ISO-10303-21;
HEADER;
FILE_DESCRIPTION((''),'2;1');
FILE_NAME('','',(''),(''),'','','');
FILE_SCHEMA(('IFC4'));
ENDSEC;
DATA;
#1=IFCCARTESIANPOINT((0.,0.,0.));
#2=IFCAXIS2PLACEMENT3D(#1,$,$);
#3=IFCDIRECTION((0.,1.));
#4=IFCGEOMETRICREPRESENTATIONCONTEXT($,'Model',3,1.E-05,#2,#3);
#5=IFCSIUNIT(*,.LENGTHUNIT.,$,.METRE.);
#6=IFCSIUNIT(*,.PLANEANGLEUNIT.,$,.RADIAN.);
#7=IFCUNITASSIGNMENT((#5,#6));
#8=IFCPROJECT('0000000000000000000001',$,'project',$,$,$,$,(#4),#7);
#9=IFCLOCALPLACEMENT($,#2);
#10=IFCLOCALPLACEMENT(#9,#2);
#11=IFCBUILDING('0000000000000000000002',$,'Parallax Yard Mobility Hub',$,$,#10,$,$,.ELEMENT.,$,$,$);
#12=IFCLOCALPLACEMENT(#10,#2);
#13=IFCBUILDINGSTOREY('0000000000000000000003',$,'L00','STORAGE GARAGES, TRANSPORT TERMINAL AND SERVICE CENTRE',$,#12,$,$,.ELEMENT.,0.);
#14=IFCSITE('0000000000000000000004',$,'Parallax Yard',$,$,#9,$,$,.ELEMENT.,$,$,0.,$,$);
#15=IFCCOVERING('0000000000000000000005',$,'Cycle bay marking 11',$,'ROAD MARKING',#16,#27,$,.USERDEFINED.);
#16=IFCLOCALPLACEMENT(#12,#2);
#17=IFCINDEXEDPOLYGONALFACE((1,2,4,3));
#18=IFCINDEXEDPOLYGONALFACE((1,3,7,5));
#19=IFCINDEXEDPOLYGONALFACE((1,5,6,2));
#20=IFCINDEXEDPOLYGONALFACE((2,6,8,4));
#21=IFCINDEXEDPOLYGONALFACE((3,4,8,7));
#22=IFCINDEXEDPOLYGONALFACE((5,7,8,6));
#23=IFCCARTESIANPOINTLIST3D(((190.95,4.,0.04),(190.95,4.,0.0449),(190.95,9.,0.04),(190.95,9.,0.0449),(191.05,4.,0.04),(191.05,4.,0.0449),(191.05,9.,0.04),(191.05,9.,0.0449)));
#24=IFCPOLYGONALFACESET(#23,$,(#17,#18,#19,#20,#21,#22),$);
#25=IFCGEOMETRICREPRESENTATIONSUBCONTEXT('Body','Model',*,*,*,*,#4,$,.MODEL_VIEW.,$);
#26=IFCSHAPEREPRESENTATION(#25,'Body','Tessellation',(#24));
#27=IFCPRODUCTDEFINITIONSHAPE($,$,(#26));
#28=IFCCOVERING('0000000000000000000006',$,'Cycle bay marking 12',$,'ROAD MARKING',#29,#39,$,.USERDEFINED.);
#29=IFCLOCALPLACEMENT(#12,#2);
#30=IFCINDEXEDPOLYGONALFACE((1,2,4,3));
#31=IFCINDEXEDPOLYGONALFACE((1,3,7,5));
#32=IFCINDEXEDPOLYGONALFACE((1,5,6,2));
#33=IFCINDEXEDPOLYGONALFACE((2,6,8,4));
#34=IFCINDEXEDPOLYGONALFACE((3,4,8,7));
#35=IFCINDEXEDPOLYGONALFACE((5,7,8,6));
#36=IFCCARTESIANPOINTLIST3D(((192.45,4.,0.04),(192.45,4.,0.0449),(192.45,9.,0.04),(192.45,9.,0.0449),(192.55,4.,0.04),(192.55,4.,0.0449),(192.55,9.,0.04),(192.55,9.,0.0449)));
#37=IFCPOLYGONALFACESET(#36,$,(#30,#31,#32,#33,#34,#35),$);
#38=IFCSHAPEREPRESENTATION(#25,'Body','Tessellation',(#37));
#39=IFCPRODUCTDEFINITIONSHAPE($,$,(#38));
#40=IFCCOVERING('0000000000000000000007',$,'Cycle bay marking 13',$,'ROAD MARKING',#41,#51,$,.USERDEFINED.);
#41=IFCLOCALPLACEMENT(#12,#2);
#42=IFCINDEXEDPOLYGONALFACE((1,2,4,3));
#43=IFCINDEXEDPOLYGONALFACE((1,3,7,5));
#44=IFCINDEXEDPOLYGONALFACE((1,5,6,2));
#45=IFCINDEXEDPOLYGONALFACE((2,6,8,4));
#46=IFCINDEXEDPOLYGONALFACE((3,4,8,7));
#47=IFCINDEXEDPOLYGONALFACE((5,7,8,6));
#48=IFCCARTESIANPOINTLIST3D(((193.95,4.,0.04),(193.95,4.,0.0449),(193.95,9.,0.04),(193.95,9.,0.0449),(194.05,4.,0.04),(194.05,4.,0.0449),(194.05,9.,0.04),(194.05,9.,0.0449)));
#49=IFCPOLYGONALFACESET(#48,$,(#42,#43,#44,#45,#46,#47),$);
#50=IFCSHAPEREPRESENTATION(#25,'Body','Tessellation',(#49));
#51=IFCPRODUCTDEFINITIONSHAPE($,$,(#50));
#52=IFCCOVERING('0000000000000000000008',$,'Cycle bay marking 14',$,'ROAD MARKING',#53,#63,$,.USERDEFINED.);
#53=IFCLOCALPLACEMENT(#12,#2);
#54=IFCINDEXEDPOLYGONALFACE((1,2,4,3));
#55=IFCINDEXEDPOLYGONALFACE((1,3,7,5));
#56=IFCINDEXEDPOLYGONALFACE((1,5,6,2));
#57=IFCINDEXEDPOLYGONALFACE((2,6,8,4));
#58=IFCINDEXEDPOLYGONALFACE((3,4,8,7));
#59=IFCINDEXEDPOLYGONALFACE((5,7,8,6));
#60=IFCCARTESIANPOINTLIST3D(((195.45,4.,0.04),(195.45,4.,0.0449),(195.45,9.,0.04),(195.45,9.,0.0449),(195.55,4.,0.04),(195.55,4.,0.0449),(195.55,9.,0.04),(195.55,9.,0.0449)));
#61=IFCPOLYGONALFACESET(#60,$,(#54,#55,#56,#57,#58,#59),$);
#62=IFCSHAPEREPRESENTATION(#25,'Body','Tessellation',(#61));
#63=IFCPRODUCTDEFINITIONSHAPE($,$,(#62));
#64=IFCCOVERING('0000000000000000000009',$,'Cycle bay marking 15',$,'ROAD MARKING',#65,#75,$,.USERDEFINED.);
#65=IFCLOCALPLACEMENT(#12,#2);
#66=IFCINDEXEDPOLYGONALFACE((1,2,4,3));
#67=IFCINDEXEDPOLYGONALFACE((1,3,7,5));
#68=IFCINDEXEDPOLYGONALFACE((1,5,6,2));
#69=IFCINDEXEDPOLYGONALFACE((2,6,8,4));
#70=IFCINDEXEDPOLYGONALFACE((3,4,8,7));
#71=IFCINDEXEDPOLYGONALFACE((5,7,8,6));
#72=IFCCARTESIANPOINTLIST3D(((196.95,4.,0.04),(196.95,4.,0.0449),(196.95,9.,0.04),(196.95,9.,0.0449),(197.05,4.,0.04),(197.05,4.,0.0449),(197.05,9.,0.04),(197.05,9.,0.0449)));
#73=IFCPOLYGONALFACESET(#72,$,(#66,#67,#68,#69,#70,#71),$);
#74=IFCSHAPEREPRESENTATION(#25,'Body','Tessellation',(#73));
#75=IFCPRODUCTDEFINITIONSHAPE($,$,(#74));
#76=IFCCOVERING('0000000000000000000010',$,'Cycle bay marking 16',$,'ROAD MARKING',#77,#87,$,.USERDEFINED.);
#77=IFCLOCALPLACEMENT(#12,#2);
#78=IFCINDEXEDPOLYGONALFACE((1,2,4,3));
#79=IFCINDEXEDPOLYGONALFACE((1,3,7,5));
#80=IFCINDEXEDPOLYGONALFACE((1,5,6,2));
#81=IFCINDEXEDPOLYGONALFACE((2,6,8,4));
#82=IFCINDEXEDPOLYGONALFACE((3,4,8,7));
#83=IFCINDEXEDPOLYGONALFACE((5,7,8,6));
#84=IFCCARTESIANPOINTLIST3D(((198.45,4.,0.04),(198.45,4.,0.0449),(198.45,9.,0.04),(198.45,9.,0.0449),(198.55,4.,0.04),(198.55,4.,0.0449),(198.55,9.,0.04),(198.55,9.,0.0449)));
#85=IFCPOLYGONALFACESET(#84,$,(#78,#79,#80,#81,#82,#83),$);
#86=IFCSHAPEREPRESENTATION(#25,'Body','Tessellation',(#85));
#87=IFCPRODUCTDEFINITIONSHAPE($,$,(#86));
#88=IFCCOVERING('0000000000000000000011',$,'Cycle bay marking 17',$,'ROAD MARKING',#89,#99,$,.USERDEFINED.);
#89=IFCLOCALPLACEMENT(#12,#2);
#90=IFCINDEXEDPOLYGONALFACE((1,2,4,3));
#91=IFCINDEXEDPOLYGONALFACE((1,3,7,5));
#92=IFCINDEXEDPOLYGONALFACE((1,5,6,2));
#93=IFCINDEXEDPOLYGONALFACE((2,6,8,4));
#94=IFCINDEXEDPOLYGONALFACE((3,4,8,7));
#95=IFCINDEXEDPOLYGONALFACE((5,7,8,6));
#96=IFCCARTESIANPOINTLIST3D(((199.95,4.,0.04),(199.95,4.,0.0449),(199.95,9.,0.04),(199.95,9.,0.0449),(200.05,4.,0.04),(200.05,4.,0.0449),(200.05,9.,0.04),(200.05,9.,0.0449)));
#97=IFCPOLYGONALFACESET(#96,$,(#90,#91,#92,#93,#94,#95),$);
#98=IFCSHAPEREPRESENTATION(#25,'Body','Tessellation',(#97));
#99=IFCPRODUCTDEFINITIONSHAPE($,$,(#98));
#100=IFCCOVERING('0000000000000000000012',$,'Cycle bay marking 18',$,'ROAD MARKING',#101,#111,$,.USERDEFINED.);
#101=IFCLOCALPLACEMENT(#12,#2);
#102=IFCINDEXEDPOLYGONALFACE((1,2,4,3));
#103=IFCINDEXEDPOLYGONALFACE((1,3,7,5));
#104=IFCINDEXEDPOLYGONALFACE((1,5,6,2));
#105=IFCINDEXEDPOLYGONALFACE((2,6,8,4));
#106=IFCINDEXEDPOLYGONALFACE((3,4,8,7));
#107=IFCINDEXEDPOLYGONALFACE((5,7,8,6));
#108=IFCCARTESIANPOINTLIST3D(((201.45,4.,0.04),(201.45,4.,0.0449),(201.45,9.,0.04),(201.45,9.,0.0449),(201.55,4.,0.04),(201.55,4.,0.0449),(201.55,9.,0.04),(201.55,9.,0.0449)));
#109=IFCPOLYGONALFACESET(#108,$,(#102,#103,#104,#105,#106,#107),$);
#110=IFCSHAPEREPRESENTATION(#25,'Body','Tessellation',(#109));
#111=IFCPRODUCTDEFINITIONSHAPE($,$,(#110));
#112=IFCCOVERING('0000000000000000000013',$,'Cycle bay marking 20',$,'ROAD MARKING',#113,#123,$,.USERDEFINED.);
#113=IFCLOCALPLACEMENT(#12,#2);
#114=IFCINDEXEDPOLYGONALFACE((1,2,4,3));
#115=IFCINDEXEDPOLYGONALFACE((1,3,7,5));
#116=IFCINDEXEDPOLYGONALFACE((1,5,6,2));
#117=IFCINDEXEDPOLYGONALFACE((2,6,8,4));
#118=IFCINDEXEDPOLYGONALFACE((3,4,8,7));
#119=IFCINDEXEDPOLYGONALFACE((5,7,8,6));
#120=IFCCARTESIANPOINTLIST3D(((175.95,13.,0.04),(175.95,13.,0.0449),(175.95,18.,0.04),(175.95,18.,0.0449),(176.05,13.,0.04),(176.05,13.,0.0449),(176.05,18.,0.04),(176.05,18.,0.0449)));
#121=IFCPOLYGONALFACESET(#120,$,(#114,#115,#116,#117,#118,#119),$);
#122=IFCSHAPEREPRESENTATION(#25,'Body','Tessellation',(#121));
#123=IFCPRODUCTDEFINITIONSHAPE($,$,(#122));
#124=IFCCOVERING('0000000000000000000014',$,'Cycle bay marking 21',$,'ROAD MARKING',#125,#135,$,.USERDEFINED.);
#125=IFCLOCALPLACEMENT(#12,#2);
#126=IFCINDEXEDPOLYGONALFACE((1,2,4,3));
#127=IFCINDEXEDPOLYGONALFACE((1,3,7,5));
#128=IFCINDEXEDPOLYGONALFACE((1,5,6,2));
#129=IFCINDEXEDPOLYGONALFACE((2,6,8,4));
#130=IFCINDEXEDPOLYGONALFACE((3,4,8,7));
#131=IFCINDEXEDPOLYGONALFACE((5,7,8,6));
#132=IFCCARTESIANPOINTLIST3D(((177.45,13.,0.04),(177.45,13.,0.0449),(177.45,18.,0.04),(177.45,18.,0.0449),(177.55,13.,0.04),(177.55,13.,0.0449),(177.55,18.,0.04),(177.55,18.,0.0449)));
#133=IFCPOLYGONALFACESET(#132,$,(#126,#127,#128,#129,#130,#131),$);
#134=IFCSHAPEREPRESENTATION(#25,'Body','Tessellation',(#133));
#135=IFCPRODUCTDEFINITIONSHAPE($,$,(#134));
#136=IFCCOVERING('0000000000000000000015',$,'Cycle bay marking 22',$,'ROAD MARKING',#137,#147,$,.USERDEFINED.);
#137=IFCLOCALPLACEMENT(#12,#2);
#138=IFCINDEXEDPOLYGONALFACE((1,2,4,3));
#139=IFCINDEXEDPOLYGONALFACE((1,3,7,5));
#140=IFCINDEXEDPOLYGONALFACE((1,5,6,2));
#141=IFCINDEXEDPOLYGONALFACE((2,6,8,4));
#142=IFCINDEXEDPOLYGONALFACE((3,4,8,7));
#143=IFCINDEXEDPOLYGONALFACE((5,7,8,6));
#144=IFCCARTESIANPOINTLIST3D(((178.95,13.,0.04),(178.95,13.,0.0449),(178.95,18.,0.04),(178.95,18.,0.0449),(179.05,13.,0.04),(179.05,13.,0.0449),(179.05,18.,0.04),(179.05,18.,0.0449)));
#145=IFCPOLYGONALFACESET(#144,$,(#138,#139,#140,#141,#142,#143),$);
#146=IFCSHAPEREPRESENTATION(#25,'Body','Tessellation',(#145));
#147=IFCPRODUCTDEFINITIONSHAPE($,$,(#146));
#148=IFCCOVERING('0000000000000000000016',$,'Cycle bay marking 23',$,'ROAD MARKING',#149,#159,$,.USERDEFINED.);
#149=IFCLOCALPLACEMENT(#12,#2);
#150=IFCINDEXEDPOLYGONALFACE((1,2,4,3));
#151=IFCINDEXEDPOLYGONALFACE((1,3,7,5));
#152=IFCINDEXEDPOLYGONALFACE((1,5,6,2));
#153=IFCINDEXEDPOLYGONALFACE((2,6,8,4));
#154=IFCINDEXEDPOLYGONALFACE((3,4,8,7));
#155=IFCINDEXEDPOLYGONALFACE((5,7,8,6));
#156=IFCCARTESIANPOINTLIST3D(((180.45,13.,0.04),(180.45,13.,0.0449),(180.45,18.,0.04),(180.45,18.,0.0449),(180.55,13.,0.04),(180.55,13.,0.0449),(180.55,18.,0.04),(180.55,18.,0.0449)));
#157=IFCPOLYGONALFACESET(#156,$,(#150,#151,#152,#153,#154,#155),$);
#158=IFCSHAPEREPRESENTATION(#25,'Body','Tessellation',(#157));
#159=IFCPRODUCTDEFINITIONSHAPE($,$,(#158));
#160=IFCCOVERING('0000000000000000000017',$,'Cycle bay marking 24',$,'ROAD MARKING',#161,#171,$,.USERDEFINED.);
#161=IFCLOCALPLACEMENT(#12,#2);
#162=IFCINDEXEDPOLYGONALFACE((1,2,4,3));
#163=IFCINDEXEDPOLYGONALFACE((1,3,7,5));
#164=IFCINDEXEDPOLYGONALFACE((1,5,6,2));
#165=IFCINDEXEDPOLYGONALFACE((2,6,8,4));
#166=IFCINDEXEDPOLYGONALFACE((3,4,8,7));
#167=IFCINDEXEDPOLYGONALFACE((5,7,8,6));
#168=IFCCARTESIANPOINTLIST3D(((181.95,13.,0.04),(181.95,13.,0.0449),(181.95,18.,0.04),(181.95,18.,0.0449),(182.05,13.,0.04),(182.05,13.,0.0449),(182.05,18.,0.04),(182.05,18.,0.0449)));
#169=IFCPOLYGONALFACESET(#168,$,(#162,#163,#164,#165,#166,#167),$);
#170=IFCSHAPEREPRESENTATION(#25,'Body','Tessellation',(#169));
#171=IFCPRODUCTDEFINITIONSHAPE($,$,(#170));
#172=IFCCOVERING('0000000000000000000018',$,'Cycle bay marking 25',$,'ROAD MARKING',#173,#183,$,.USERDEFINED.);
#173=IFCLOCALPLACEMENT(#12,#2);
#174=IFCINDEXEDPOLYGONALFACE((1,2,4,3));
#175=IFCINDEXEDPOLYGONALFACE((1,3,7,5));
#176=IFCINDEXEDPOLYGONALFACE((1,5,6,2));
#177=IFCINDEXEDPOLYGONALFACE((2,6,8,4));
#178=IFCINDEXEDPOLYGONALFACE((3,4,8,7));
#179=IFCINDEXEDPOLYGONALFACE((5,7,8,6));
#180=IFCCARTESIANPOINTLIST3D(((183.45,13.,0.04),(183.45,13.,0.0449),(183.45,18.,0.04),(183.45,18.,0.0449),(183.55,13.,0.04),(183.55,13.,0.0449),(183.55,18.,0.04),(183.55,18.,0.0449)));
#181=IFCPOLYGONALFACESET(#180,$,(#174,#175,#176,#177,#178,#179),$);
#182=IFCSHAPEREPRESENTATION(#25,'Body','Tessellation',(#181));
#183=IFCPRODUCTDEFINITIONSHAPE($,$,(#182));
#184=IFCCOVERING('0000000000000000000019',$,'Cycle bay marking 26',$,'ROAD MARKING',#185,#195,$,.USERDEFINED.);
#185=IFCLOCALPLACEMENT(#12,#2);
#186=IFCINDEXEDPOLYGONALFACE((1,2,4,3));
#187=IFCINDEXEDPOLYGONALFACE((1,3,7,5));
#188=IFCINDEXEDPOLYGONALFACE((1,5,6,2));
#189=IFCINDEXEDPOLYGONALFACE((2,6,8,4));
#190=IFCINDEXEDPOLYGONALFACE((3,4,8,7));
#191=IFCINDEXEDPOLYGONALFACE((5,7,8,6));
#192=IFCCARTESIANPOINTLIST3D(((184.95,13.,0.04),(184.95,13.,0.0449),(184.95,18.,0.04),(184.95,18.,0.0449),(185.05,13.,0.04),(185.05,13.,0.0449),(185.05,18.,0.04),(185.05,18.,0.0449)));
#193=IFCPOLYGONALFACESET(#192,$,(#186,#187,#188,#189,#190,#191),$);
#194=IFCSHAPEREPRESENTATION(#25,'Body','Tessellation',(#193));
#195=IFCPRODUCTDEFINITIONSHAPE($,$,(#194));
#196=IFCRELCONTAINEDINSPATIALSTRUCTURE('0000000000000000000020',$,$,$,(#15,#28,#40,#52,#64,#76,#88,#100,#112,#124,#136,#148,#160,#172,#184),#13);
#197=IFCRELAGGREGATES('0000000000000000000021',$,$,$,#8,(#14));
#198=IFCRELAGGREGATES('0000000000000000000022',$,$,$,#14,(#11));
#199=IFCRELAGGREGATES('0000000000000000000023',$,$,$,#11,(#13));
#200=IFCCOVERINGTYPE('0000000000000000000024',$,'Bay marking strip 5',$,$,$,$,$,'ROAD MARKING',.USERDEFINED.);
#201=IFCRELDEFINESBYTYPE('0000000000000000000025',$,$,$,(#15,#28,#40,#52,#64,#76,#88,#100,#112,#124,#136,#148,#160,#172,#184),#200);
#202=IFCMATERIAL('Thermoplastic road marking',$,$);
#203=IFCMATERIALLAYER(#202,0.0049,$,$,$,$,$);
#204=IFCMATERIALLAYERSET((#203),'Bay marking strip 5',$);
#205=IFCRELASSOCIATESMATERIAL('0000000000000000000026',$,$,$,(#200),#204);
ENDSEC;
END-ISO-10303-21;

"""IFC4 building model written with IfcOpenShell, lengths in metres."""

from ifc_helpers import new_model, si_unit, direction, frame, origin, place, context, subcontext, project, spatial, polyline, outline, extrude, material, layer, layer_set, type_object, element, save


model = new_model("IFC4")

# Units and contexts
model_context = context("Model", 3, precision=1e-05, world=origin(), true_north=direction((0.0, 1.0)))
body_context = subcontext(model_context, "Body", "Model", "MODEL_VIEW")
ifc_project = project(units=[si_unit("LENGTHUNIT", "METRE"), si_unit("PLANEANGLEUNIT", "RADIAN")], contexts=[model_context])

# Site, building, storey
site_placement = place(None, origin())
site = spatial("IfcSite", under=ifc_project, at=site_placement, Name="Parallax Yard", CompositionType="ELEMENT", RefElevation=0.0)
building_placement = place(site_placement, origin())
building = spatial("IfcBuilding", under=site, at=building_placement, Name="Parallax Yard Mobility Hub", CompositionType="ELEMENT")
storey_placement = place(building_placement, origin())
storey = spatial("IfcBuildingStorey", under=building, at=storey_placement, Name="L00", Description="STORAGE GARAGES, TRANSPORT TERMINAL AND SERVICE CENTRE", CompositionType="ELEMENT", Elevation=0.0)

# Coverings
ifc_material = material(Name="Thermoplastic road marking")
ifc_layer = layer(ifc_material, 0.0049)
ifc_layer_set = layer_set([ifc_layer], Name="Bay marking strip 5")
covering_type = type_object("IfcCoveringType", Name="Bay marking strip 5", ElementType="ROAD MARKING", PredefinedType="USERDEFINED", material=ifc_layer_set)
covering_1_placement = place(storey_placement, frame((0.0, 0.0, 0.04)))
element("IfcCovering", 1, at=covering_1_placement, inside=storey, type_object=covering_type, Name="Cycle bay marking 11", ObjectType="ROAD MARKING", PredefinedType="USERDEFINED", context=body_context, shape_type="SweptSolid", body=[
    extrude(outline(polyline([(191.05, 4.0), (191.05, 9.0), (190.95, 9.0), (190.95, 4.0), (191.05, 4.0)])), origin(), (0.0, 0.0, 1.0), 0.0049),
])
covering_2_placement = place(storey_placement, frame((0.0, 0.0, 0.04)))
element("IfcCovering", 2, at=covering_2_placement, inside=storey, type_object=covering_type, Name="Cycle bay marking 12", ObjectType="ROAD MARKING", PredefinedType="USERDEFINED", context=body_context, shape_type="SweptSolid", body=[
    extrude(outline(polyline([(192.55, 4.0), (192.55, 9.0), (192.45, 9.0), (192.45, 4.0), (192.55, 4.0)])), origin(), (0.0, 0.0, 1.0), 0.0049),
])
covering_3_placement = place(storey_placement, frame((0.0, 0.0, 0.04)))
element("IfcCovering", 3, at=covering_3_placement, inside=storey, type_object=covering_type, Name="Cycle bay marking 13", ObjectType="ROAD MARKING", PredefinedType="USERDEFINED", context=body_context, shape_type="SweptSolid", body=[
    extrude(outline(polyline([(194.05, 4.0), (194.05, 9.0), (193.95, 9.0), (193.95, 4.0), (194.05, 4.0)])), origin(), (0.0, 0.0, 1.0), 0.0049),
])
covering_4_placement = place(storey_placement, frame((0.0, 0.0, 0.04)))
element("IfcCovering", 4, at=covering_4_placement, inside=storey, type_object=covering_type, Name="Cycle bay marking 14", ObjectType="ROAD MARKING", PredefinedType="USERDEFINED", context=body_context, shape_type="SweptSolid", body=[
    extrude(outline(polyline([(195.55, 4.0), (195.55, 9.0), (195.45, 9.0), (195.45, 4.0), (195.55, 4.0)])), origin(), (0.0, 0.0, 1.0), 0.0049),
])
covering_5_placement = place(storey_placement, frame((0.0, 0.0, 0.04)))
element("IfcCovering", 5, at=covering_5_placement, inside=storey, type_object=covering_type, Name="Cycle bay marking 15", ObjectType="ROAD MARKING", PredefinedType="USERDEFINED", context=body_context, shape_type="SweptSolid", body=[
    extrude(outline(polyline([(197.05, 4.0), (197.05, 9.0), (196.95, 9.0), (196.95, 4.0), (197.05, 4.0)])), origin(), (0.0, 0.0, 1.0), 0.0049),
])
covering_6_placement = place(storey_placement, frame((0.0, 0.0, 0.04)))
element("IfcCovering", 6, at=covering_6_placement, inside=storey, type_object=covering_type, Name="Cycle bay marking 16", ObjectType="ROAD MARKING", PredefinedType="USERDEFINED", context=body_context, shape_type="SweptSolid", body=[
    extrude(outline(polyline([(198.55, 4.0), (198.55, 9.0), (198.45, 9.0), (198.45, 4.0), (198.55, 4.0)])), origin(), (0.0, 0.0, 1.0), 0.0049),
])
covering_7_placement = place(storey_placement, frame((0.0, 0.0, 0.04)))
element("IfcCovering", 7, at=covering_7_placement, inside=storey, type_object=covering_type, Name="Cycle bay marking 17", ObjectType="ROAD MARKING", PredefinedType="USERDEFINED", context=body_context, shape_type="SweptSolid", body=[
    extrude(outline(polyline([(200.05, 4.0), (200.05, 9.0), (199.95, 9.0), (199.95, 4.0), (200.05, 4.0)])), origin(), (0.0, 0.0, 1.0), 0.0049),
])
covering_8_placement = place(storey_placement, frame((0.0, 0.0, 0.04)))
element("IfcCovering", 8, at=covering_8_placement, inside=storey, type_object=covering_type, Name="Cycle bay marking 18", ObjectType="ROAD MARKING", PredefinedType="USERDEFINED", context=body_context, shape_type="SweptSolid", body=[
    extrude(outline(polyline([(201.55, 4.0), (201.55, 9.0), (201.45, 9.0), (201.45, 4.0), (201.55, 4.0)])), origin(), (0.0, 0.0, 1.0), 0.0049),
])
covering_9_placement = place(storey_placement, frame((0.0, 0.0, 0.04)))
element("IfcCovering", 9, at=covering_9_placement, inside=storey, type_object=covering_type, Name="Cycle bay marking 20", ObjectType="ROAD MARKING", PredefinedType="USERDEFINED", context=body_context, shape_type="SweptSolid", body=[
    extrude(outline(polyline([(176.05, 13.0), (176.05, 18.0), (175.95, 18.0), (175.95, 13.0), (176.05, 13.0)])), origin(), (0.0, 0.0, 1.0), 0.0049),
])
covering_10_placement = place(storey_placement, frame((0.0, 0.0, 0.04)))
element("IfcCovering", 10, at=covering_10_placement, inside=storey, type_object=covering_type, Name="Cycle bay marking 21", ObjectType="ROAD MARKING", PredefinedType="USERDEFINED", context=body_context, shape_type="SweptSolid", body=[
    extrude(outline(polyline([(177.55, 13.0), (177.55, 18.0), (177.45, 18.0), (177.45, 13.0), (177.55, 13.0)])), origin(), (0.0, 0.0, 1.0), 0.0049),
])
covering_11_placement = place(storey_placement, frame((0.0, 0.0, 0.04)))
element("IfcCovering", 11, at=covering_11_placement, inside=storey, type_object=covering_type, Name="Cycle bay marking 22", ObjectType="ROAD MARKING", PredefinedType="USERDEFINED", context=body_context, shape_type="SweptSolid", body=[
    extrude(outline(polyline([(179.05, 13.0), (179.05, 18.0), (178.95, 18.0), (178.95, 13.0), (179.05, 13.0)])), origin(), (0.0, 0.0, 1.0), 0.0049),
])
covering_12_placement = place(storey_placement, frame((0.0, 0.0, 0.04)))
element("IfcCovering", 12, at=covering_12_placement, inside=storey, type_object=covering_type, Name="Cycle bay marking 23", ObjectType="ROAD MARKING", PredefinedType="USERDEFINED", context=body_context, shape_type="SweptSolid", body=[
    extrude(outline(polyline([(180.55, 13.0), (180.55, 18.0), (180.45, 18.0), (180.45, 13.0), (180.55, 13.0)])), origin(), (0.0, 0.0, 1.0), 0.0049),
])
covering_13_placement = place(storey_placement, frame((0.0, 0.0, 0.04)))
element("IfcCovering", 13, at=covering_13_placement, inside=storey, type_object=covering_type, Name="Cycle bay marking 24", ObjectType="ROAD MARKING", PredefinedType="USERDEFINED", context=body_context, shape_type="SweptSolid", body=[
    extrude(outline(polyline([(182.05, 13.0), (182.05, 18.0), (181.95, 18.0), (181.95, 13.0), (182.05, 13.0)])), origin(), (0.0, 0.0, 1.0), 0.0049),
])
covering_14_placement = place(storey_placement, frame((0.0, 0.0, 0.04)))
element("IfcCovering", 14, at=covering_14_placement, inside=storey, type_object=covering_type, Name="Cycle bay marking 25", ObjectType="ROAD MARKING", PredefinedType="USERDEFINED", context=body_context, shape_type="SweptSolid", body=[
    extrude(outline(polyline([(183.55, 13.0), (183.55, 18.0), (183.45, 18.0), (183.45, 13.0), (183.55, 13.0)])), origin(), (0.0, 0.0, 1.0), 0.0049),
])
covering_15_placement = place(storey_placement, frame((0.0, 0.0, 0.04)))
element("IfcCovering", 15, at=covering_15_placement, inside=storey, type_object=covering_type, Name="Cycle bay marking 26", ObjectType="ROAD MARKING", PredefinedType="USERDEFINED", context=body_context, shape_type="SweptSolid", body=[
    extrude(outline(polyline([(185.05, 13.0), (185.05, 18.0), (184.95, 18.0), (184.95, 13.0), (185.05, 13.0)])), origin(), (0.0, 0.0, 1.0), 0.0049),
])

save(model, "model.ifc")
